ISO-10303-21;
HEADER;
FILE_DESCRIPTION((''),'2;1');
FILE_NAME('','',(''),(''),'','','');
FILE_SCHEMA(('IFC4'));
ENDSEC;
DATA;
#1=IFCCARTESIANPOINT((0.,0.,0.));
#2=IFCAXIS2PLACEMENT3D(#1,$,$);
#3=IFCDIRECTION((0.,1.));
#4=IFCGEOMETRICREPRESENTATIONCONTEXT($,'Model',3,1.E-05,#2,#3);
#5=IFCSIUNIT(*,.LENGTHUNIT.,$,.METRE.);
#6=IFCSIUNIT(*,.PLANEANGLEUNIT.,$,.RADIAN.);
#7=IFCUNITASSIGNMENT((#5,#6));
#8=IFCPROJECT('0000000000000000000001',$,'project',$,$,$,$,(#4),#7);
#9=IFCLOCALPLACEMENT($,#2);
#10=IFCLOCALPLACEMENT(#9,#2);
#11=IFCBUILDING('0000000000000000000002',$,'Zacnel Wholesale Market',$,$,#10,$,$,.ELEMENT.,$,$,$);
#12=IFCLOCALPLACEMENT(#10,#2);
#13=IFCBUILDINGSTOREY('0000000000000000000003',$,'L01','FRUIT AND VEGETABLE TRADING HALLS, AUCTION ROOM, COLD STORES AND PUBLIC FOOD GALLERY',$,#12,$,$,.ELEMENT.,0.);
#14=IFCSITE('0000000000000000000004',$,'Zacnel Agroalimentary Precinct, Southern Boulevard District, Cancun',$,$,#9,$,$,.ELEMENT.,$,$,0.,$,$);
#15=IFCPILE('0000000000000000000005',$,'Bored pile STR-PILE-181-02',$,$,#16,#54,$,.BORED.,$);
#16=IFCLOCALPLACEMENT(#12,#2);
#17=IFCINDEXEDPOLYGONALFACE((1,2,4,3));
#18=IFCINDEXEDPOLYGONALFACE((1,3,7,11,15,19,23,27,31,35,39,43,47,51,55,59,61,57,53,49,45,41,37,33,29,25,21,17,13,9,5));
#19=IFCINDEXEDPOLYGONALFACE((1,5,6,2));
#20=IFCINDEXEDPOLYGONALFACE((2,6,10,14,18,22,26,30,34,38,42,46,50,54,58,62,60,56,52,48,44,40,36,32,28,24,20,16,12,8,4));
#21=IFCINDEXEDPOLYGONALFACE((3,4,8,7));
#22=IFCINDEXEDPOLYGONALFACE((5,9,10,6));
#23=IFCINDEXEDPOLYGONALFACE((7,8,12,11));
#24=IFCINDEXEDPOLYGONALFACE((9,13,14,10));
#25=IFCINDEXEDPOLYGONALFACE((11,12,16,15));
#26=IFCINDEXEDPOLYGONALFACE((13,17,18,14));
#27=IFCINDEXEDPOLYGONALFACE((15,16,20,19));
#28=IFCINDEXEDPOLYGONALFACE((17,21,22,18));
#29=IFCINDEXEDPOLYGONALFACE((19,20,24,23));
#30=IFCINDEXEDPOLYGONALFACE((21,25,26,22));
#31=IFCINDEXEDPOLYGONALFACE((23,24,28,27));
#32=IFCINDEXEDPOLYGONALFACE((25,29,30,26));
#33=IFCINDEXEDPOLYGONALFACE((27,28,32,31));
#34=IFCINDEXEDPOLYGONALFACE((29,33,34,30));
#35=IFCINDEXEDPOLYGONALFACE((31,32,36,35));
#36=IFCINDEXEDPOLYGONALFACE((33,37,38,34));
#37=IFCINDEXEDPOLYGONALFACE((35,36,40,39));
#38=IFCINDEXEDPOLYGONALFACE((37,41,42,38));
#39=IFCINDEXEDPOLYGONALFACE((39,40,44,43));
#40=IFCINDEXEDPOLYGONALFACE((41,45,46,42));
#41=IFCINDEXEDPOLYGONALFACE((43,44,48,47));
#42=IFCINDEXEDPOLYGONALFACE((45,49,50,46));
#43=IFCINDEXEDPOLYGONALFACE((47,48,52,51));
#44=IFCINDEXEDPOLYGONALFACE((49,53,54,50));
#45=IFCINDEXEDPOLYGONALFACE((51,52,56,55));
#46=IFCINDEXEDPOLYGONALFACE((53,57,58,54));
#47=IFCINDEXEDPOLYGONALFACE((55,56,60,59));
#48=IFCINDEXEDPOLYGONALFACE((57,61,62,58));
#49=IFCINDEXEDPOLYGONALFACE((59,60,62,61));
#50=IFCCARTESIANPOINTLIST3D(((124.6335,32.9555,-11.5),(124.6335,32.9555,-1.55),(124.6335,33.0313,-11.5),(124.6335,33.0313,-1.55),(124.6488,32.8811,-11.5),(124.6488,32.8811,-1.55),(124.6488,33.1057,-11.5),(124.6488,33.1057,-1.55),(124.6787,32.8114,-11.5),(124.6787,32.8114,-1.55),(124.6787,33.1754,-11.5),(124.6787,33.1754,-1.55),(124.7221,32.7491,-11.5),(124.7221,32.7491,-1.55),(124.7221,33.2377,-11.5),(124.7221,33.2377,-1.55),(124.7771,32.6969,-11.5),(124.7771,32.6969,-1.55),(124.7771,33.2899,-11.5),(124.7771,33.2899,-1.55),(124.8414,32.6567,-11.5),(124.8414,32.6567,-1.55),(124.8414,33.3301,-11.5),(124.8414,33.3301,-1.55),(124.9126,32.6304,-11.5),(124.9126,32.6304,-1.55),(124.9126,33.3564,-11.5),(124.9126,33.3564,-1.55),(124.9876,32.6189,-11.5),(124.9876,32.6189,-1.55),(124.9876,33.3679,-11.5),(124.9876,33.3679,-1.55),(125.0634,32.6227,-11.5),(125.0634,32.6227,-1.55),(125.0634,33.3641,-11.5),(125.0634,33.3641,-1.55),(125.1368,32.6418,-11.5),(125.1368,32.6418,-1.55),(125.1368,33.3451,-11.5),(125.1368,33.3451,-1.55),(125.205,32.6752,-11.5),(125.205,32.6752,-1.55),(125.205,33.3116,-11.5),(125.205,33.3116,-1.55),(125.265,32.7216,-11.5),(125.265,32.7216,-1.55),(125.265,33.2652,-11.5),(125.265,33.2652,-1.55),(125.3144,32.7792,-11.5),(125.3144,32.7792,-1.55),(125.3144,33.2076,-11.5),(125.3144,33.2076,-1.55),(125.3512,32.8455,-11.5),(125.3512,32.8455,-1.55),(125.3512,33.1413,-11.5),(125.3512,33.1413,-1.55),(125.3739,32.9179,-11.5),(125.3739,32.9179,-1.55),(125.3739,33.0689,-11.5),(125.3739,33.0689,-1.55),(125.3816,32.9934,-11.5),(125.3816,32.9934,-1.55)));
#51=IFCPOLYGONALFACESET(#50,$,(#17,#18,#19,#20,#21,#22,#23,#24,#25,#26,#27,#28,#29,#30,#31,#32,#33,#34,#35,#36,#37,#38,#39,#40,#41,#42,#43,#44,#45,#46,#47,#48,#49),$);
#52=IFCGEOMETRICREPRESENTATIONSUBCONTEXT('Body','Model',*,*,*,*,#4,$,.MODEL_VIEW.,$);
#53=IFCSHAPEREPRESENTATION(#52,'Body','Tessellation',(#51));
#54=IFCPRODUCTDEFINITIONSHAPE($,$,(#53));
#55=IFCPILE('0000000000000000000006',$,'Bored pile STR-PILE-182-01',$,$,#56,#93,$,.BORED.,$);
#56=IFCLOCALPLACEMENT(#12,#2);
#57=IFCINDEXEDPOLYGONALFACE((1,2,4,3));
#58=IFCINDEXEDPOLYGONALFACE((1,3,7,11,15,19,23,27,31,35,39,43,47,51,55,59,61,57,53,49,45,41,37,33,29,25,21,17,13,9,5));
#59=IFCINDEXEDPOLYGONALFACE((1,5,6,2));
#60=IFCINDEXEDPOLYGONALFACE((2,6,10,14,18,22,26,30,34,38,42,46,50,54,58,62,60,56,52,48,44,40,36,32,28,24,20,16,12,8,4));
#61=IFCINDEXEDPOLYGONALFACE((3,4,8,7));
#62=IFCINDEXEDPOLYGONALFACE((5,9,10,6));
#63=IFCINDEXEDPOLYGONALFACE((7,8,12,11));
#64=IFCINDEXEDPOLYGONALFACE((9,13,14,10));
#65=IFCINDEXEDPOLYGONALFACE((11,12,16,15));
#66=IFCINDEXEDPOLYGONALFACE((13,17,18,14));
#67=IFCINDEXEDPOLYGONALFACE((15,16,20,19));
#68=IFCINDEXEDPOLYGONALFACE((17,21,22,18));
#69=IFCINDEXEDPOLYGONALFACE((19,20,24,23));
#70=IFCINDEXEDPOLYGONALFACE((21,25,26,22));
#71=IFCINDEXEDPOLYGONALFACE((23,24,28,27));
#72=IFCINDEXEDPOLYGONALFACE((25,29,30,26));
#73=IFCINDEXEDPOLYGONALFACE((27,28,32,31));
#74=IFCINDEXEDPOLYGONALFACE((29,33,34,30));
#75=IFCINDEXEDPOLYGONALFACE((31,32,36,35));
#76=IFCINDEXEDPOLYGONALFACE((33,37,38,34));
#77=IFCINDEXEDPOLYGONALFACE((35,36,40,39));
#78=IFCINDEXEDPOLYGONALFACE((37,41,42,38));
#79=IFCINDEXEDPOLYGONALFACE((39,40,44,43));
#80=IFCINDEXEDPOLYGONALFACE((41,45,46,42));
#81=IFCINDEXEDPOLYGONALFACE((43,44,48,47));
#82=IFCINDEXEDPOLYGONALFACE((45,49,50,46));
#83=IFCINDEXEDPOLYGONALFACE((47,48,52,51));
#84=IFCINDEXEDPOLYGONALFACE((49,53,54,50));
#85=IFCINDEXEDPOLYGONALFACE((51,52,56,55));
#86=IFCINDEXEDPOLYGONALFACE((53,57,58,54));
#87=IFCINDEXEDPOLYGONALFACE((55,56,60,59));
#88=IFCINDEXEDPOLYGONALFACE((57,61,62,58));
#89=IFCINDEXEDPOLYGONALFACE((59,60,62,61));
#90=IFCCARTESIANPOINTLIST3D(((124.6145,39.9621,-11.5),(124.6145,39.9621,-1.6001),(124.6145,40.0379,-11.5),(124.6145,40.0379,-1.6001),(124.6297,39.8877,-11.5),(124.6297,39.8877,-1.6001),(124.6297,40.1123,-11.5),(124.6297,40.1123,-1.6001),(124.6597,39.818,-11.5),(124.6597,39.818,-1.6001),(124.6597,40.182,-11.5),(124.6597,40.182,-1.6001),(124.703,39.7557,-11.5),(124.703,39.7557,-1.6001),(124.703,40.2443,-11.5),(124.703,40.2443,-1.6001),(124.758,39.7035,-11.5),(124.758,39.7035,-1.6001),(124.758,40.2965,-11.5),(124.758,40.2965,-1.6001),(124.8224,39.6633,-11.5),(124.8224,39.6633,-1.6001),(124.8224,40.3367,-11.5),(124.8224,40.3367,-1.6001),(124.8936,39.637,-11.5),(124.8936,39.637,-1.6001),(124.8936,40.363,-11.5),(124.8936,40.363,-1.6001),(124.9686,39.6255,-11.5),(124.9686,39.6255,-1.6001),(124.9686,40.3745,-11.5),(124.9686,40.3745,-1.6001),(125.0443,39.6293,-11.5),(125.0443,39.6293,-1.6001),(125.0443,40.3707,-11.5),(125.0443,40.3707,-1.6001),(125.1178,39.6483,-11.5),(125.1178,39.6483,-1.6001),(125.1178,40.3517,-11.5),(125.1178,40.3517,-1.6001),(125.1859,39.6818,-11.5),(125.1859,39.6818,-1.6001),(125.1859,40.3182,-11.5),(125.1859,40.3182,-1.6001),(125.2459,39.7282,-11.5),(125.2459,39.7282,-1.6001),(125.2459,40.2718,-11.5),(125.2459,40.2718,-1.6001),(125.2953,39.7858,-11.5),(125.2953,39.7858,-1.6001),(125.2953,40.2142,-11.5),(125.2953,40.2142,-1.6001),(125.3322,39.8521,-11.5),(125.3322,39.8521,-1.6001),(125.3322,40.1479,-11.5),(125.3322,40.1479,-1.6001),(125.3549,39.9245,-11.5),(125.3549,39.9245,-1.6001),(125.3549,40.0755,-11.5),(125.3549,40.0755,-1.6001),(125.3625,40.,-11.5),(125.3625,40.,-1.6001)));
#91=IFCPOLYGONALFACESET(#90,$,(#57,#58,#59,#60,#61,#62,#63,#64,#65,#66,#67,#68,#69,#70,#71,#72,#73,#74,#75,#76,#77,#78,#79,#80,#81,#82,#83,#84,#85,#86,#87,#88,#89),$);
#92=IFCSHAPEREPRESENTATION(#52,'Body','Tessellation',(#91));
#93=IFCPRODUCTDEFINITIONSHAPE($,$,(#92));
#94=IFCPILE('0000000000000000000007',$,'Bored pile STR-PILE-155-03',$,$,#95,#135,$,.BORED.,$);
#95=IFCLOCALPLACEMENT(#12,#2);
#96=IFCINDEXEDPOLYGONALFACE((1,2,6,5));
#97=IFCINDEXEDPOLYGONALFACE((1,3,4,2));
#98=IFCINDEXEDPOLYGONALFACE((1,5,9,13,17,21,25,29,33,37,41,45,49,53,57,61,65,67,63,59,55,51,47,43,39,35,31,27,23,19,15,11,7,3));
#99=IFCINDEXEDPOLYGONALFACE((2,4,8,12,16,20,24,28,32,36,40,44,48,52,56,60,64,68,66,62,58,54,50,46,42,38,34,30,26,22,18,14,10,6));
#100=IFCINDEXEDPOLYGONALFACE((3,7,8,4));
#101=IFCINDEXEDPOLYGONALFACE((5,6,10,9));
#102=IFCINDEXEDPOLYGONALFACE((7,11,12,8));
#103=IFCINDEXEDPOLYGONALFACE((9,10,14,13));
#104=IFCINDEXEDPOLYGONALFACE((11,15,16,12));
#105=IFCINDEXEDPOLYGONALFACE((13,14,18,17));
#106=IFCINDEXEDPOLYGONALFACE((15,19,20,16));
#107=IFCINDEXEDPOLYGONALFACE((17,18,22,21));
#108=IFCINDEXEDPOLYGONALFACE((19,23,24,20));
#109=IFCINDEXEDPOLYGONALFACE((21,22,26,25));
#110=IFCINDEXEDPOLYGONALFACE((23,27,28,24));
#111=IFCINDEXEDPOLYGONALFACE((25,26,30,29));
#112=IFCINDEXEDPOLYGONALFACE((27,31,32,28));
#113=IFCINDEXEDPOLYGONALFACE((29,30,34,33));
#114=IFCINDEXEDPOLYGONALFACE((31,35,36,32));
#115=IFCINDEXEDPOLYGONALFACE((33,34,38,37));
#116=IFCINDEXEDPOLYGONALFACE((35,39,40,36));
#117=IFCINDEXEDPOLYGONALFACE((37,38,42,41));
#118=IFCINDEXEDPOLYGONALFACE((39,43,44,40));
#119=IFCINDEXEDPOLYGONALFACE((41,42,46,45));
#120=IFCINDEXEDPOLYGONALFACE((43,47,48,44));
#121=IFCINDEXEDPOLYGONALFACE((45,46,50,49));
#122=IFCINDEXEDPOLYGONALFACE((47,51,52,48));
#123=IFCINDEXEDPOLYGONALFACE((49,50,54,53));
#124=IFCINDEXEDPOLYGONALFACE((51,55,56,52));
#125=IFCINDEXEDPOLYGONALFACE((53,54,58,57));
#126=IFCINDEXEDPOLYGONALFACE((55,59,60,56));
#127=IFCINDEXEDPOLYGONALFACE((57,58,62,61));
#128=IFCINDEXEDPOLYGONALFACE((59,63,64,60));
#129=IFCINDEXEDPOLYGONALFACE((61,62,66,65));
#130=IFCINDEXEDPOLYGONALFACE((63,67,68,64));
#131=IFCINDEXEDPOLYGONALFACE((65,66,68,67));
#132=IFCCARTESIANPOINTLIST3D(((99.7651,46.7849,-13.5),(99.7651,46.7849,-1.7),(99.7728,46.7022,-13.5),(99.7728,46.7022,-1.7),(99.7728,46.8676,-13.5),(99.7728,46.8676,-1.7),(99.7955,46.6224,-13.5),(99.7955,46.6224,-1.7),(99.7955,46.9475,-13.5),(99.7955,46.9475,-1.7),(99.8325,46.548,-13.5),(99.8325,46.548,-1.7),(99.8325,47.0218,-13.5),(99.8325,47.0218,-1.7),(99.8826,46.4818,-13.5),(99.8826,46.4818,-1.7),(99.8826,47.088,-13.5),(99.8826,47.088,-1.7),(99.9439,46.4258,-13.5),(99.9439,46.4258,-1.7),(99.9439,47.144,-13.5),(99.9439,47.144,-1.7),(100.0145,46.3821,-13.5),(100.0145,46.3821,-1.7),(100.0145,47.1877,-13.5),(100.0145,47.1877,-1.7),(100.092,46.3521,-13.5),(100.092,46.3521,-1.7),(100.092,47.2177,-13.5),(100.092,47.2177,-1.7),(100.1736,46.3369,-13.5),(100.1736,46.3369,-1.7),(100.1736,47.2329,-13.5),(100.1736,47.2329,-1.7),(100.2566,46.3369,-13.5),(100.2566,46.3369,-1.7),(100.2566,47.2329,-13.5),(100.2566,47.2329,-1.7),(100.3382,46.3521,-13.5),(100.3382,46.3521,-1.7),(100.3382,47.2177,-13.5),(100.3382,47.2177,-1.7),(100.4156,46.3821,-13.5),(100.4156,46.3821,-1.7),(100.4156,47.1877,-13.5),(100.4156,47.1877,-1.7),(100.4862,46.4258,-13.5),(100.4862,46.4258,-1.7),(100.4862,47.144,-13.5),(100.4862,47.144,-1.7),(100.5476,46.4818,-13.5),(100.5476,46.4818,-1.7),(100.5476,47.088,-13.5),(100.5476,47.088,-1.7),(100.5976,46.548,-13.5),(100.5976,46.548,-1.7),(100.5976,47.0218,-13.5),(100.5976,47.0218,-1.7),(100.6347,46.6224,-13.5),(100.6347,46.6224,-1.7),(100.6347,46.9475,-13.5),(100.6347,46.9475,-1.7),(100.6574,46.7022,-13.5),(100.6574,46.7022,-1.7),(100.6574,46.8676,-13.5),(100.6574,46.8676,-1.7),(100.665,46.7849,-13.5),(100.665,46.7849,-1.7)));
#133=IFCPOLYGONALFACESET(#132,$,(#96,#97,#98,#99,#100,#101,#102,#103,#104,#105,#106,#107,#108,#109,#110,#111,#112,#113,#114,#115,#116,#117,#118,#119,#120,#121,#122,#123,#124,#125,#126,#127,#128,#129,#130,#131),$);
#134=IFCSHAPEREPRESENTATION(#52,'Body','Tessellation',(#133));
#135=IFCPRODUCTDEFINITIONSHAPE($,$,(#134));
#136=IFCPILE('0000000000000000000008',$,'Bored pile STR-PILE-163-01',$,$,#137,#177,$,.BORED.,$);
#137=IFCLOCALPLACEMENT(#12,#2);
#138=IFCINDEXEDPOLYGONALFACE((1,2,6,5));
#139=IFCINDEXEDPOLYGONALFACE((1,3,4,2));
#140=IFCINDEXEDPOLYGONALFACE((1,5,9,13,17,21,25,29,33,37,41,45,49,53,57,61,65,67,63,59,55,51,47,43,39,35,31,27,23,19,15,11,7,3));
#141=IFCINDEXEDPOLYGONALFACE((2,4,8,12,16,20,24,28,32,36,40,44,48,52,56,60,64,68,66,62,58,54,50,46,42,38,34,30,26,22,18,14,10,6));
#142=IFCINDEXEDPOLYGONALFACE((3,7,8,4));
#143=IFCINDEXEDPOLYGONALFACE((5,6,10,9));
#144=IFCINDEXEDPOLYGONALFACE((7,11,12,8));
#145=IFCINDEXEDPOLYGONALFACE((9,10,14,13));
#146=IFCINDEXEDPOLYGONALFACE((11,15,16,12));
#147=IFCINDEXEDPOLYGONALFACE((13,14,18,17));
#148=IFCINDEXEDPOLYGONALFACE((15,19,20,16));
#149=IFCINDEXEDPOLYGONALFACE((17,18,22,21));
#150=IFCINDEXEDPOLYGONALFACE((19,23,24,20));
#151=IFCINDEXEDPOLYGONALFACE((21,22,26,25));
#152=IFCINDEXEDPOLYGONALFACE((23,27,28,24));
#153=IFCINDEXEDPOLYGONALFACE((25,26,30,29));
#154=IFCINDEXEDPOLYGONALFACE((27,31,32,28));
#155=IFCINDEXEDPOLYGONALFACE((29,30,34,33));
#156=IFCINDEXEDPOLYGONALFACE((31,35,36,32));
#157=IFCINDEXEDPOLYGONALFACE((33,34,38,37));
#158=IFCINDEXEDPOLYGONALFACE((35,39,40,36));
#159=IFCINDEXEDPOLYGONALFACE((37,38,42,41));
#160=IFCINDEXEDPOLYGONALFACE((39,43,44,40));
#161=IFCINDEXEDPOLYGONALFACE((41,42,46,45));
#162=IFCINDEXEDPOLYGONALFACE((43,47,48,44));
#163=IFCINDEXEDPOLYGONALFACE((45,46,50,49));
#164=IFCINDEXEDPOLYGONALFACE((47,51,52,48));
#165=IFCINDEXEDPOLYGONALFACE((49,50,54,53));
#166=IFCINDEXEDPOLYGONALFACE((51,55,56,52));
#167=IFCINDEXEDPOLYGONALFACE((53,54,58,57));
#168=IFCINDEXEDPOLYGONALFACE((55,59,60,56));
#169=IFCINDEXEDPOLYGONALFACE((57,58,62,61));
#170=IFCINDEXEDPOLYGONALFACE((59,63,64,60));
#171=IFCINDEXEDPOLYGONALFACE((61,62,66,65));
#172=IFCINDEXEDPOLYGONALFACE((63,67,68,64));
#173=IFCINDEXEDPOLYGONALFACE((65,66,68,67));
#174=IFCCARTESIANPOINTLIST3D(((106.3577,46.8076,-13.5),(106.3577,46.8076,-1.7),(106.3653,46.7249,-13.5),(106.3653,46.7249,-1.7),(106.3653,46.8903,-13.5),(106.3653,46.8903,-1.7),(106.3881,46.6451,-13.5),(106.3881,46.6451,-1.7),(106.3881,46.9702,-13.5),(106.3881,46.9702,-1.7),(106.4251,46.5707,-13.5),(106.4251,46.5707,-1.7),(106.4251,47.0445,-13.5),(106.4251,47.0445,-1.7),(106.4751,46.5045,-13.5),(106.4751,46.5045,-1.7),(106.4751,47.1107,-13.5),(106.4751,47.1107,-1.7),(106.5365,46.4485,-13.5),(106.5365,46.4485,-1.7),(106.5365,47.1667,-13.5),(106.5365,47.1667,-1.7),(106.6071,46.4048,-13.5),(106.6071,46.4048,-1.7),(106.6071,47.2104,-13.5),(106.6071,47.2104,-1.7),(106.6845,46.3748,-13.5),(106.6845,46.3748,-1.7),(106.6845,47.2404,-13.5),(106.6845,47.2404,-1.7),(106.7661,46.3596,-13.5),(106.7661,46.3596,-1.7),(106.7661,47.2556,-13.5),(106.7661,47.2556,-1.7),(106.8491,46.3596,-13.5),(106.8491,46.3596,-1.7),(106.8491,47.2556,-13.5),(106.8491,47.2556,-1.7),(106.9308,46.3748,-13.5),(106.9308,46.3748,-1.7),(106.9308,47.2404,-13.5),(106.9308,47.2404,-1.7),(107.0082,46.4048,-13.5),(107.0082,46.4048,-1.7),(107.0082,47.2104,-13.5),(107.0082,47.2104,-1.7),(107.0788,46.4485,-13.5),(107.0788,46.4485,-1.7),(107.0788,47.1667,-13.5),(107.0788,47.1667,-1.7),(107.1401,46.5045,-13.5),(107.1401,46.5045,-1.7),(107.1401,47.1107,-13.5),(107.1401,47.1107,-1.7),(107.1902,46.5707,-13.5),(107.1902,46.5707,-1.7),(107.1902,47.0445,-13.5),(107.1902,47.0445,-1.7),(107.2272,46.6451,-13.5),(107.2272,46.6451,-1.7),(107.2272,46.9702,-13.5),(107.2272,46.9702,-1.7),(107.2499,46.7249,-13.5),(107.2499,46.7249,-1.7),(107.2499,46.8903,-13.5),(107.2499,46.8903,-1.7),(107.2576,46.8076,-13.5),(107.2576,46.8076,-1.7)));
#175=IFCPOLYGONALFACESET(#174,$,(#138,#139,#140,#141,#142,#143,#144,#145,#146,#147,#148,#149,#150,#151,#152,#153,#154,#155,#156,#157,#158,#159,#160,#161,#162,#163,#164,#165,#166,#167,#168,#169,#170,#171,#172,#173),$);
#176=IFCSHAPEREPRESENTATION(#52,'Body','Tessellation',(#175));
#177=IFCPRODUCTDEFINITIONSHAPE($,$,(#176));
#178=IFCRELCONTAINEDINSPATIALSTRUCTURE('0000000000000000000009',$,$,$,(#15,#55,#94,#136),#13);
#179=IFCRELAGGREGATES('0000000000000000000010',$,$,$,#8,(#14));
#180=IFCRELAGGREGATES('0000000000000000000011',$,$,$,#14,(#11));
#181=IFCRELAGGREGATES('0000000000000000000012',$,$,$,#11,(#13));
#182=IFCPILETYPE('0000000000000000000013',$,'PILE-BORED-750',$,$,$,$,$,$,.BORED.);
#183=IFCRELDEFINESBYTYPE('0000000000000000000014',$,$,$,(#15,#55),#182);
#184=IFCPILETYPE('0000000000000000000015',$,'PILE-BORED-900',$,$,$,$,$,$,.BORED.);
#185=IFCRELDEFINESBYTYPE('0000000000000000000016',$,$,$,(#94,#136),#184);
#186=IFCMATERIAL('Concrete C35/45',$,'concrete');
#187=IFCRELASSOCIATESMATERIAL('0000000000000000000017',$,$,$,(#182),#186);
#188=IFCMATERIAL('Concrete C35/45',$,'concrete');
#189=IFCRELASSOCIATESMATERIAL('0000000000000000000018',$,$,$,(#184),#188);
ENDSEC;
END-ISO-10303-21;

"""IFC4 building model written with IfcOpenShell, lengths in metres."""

from ifc_helpers import new_model, si_unit, direction, frame, origin, origin_2d, place, context, subcontext, project, spatial, circle, extrude, material, material_profile, profile_set, type_object, element, save


model = new_model("IFC4")

# Units and contexts
model_context = context("Model", 3, precision=1e-05, world=origin(), true_north=direction((0.0, 1.0)))
body_context = subcontext(model_context, "Body", "Model", "MODEL_VIEW")
ifc_project = project(units=[si_unit("LENGTHUNIT", "METRE"), si_unit("PLANEANGLEUNIT", "RADIAN")], contexts=[model_context])

# Site, building, storey
site_placement = place(None, origin())
site = spatial("IfcSite", under=ifc_project, at=site_placement, Name="Zacnel Agroalimentary Precinct, Southern Boulevard District, Cancun", CompositionType="ELEMENT", RefElevation=0.0)
building_placement = place(site_placement, origin())
building = spatial("IfcBuilding", under=site, at=building_placement, Name="Zacnel Wholesale Market", CompositionType="ELEMENT")
storey_placement = place(building_placement, origin())
storey = spatial("IfcBuildingStorey", under=building, at=storey_placement, Name="L01", Description="FRUIT AND VEGETABLE TRADING HALLS, AUCTION ROOM, COLD STORES AND PUBLIC FOOD GALLERY", CompositionType="ELEMENT", Elevation=0.0)

# Piles
ifc_material_1 = material(Name="Concrete C35/45", Category="concrete")
ifc_material_profile_1 = material_profile(ifc_material_1, circle(Radius=0.375, at=origin_2d()), Name="BORED PILE D750")
ifc_profile_set_1 = profile_set([ifc_material_profile_1], Name="Concrete C35/45")
pile_type_1 = type_object("IfcPileType", Name="PILE-BORED-750", PredefinedType="BORED", material=ifc_profile_set_1)
pile_1_placement = place(storey_placement, frame((125.0066, 32.9934, -1.55), z_axis=(0.0, 0.0, -1.0), x_axis=(1.0, 0.0, 0.0)))
element("IfcPile", 1, at=pile_1_placement, inside=storey, type_object=pile_type_1, Name="Bored pile STR-PILE-181-02", PredefinedType="BORED", context=body_context, shape_type="SweptSolid", body=[
    extrude(circle(Radius=0.375, at=origin_2d()), origin(), (0.0, 0.0, 1.0), 9.95),
])
pile_2_placement = place(storey_placement, frame((124.9875, 40.0, -1.6001), z_axis=(0.0, 0.0, -1.0), x_axis=(1.0, 0.0, 0.0)))
element("IfcPile", 2, at=pile_2_placement, inside=storey, type_object=pile_type_1, Name="Bored pile STR-PILE-182-01", PredefinedType="BORED", context=body_context, shape_type="SweptSolid", body=[
    extrude(circle(Radius=0.375, at=origin_2d()), origin(), (0.0, 0.0, 1.0), 9.8999),
])
ifc_material_2 = material(Name="Concrete C35/45", Category="concrete")
ifc_material_profile_2 = material_profile(ifc_material_2, circle(Radius=0.45, at=origin_2d()), Name="BORED PILE D900")
ifc_profile_set_2 = profile_set([ifc_material_profile_2], Name="Concrete C35/45")
pile_type_2 = type_object("IfcPileType", Name="PILE-BORED-900", PredefinedType="BORED", material=ifc_profile_set_2)
for number, where, z_axis, x_axis, name in (
    (3, (100.2151, 46.7849, -1.7), (0.0, 0.0, -1.0), (1.0, 0.0, 0.0), "Bored pile STR-PILE-155-03"),
    (4, (106.8076, 46.8076, -1.7), (0.0, 0.0, -1.0), (1.0, 0.0, 0.0), "Bored pile STR-PILE-163-01"),
):
    element("IfcPile", number, at=place(storey_placement, frame(where, z_axis=z_axis, x_axis=x_axis)), inside=storey, type_object=pile_type_2, Name=name, PredefinedType="BORED", context=body_context, shape_type="SweptSolid", body=[
        extrude(circle(Radius=0.45, at=origin_2d()), origin(), (0.0, 0.0, 1.0), 11.8),
    ])

save(model, "model.ifc")
